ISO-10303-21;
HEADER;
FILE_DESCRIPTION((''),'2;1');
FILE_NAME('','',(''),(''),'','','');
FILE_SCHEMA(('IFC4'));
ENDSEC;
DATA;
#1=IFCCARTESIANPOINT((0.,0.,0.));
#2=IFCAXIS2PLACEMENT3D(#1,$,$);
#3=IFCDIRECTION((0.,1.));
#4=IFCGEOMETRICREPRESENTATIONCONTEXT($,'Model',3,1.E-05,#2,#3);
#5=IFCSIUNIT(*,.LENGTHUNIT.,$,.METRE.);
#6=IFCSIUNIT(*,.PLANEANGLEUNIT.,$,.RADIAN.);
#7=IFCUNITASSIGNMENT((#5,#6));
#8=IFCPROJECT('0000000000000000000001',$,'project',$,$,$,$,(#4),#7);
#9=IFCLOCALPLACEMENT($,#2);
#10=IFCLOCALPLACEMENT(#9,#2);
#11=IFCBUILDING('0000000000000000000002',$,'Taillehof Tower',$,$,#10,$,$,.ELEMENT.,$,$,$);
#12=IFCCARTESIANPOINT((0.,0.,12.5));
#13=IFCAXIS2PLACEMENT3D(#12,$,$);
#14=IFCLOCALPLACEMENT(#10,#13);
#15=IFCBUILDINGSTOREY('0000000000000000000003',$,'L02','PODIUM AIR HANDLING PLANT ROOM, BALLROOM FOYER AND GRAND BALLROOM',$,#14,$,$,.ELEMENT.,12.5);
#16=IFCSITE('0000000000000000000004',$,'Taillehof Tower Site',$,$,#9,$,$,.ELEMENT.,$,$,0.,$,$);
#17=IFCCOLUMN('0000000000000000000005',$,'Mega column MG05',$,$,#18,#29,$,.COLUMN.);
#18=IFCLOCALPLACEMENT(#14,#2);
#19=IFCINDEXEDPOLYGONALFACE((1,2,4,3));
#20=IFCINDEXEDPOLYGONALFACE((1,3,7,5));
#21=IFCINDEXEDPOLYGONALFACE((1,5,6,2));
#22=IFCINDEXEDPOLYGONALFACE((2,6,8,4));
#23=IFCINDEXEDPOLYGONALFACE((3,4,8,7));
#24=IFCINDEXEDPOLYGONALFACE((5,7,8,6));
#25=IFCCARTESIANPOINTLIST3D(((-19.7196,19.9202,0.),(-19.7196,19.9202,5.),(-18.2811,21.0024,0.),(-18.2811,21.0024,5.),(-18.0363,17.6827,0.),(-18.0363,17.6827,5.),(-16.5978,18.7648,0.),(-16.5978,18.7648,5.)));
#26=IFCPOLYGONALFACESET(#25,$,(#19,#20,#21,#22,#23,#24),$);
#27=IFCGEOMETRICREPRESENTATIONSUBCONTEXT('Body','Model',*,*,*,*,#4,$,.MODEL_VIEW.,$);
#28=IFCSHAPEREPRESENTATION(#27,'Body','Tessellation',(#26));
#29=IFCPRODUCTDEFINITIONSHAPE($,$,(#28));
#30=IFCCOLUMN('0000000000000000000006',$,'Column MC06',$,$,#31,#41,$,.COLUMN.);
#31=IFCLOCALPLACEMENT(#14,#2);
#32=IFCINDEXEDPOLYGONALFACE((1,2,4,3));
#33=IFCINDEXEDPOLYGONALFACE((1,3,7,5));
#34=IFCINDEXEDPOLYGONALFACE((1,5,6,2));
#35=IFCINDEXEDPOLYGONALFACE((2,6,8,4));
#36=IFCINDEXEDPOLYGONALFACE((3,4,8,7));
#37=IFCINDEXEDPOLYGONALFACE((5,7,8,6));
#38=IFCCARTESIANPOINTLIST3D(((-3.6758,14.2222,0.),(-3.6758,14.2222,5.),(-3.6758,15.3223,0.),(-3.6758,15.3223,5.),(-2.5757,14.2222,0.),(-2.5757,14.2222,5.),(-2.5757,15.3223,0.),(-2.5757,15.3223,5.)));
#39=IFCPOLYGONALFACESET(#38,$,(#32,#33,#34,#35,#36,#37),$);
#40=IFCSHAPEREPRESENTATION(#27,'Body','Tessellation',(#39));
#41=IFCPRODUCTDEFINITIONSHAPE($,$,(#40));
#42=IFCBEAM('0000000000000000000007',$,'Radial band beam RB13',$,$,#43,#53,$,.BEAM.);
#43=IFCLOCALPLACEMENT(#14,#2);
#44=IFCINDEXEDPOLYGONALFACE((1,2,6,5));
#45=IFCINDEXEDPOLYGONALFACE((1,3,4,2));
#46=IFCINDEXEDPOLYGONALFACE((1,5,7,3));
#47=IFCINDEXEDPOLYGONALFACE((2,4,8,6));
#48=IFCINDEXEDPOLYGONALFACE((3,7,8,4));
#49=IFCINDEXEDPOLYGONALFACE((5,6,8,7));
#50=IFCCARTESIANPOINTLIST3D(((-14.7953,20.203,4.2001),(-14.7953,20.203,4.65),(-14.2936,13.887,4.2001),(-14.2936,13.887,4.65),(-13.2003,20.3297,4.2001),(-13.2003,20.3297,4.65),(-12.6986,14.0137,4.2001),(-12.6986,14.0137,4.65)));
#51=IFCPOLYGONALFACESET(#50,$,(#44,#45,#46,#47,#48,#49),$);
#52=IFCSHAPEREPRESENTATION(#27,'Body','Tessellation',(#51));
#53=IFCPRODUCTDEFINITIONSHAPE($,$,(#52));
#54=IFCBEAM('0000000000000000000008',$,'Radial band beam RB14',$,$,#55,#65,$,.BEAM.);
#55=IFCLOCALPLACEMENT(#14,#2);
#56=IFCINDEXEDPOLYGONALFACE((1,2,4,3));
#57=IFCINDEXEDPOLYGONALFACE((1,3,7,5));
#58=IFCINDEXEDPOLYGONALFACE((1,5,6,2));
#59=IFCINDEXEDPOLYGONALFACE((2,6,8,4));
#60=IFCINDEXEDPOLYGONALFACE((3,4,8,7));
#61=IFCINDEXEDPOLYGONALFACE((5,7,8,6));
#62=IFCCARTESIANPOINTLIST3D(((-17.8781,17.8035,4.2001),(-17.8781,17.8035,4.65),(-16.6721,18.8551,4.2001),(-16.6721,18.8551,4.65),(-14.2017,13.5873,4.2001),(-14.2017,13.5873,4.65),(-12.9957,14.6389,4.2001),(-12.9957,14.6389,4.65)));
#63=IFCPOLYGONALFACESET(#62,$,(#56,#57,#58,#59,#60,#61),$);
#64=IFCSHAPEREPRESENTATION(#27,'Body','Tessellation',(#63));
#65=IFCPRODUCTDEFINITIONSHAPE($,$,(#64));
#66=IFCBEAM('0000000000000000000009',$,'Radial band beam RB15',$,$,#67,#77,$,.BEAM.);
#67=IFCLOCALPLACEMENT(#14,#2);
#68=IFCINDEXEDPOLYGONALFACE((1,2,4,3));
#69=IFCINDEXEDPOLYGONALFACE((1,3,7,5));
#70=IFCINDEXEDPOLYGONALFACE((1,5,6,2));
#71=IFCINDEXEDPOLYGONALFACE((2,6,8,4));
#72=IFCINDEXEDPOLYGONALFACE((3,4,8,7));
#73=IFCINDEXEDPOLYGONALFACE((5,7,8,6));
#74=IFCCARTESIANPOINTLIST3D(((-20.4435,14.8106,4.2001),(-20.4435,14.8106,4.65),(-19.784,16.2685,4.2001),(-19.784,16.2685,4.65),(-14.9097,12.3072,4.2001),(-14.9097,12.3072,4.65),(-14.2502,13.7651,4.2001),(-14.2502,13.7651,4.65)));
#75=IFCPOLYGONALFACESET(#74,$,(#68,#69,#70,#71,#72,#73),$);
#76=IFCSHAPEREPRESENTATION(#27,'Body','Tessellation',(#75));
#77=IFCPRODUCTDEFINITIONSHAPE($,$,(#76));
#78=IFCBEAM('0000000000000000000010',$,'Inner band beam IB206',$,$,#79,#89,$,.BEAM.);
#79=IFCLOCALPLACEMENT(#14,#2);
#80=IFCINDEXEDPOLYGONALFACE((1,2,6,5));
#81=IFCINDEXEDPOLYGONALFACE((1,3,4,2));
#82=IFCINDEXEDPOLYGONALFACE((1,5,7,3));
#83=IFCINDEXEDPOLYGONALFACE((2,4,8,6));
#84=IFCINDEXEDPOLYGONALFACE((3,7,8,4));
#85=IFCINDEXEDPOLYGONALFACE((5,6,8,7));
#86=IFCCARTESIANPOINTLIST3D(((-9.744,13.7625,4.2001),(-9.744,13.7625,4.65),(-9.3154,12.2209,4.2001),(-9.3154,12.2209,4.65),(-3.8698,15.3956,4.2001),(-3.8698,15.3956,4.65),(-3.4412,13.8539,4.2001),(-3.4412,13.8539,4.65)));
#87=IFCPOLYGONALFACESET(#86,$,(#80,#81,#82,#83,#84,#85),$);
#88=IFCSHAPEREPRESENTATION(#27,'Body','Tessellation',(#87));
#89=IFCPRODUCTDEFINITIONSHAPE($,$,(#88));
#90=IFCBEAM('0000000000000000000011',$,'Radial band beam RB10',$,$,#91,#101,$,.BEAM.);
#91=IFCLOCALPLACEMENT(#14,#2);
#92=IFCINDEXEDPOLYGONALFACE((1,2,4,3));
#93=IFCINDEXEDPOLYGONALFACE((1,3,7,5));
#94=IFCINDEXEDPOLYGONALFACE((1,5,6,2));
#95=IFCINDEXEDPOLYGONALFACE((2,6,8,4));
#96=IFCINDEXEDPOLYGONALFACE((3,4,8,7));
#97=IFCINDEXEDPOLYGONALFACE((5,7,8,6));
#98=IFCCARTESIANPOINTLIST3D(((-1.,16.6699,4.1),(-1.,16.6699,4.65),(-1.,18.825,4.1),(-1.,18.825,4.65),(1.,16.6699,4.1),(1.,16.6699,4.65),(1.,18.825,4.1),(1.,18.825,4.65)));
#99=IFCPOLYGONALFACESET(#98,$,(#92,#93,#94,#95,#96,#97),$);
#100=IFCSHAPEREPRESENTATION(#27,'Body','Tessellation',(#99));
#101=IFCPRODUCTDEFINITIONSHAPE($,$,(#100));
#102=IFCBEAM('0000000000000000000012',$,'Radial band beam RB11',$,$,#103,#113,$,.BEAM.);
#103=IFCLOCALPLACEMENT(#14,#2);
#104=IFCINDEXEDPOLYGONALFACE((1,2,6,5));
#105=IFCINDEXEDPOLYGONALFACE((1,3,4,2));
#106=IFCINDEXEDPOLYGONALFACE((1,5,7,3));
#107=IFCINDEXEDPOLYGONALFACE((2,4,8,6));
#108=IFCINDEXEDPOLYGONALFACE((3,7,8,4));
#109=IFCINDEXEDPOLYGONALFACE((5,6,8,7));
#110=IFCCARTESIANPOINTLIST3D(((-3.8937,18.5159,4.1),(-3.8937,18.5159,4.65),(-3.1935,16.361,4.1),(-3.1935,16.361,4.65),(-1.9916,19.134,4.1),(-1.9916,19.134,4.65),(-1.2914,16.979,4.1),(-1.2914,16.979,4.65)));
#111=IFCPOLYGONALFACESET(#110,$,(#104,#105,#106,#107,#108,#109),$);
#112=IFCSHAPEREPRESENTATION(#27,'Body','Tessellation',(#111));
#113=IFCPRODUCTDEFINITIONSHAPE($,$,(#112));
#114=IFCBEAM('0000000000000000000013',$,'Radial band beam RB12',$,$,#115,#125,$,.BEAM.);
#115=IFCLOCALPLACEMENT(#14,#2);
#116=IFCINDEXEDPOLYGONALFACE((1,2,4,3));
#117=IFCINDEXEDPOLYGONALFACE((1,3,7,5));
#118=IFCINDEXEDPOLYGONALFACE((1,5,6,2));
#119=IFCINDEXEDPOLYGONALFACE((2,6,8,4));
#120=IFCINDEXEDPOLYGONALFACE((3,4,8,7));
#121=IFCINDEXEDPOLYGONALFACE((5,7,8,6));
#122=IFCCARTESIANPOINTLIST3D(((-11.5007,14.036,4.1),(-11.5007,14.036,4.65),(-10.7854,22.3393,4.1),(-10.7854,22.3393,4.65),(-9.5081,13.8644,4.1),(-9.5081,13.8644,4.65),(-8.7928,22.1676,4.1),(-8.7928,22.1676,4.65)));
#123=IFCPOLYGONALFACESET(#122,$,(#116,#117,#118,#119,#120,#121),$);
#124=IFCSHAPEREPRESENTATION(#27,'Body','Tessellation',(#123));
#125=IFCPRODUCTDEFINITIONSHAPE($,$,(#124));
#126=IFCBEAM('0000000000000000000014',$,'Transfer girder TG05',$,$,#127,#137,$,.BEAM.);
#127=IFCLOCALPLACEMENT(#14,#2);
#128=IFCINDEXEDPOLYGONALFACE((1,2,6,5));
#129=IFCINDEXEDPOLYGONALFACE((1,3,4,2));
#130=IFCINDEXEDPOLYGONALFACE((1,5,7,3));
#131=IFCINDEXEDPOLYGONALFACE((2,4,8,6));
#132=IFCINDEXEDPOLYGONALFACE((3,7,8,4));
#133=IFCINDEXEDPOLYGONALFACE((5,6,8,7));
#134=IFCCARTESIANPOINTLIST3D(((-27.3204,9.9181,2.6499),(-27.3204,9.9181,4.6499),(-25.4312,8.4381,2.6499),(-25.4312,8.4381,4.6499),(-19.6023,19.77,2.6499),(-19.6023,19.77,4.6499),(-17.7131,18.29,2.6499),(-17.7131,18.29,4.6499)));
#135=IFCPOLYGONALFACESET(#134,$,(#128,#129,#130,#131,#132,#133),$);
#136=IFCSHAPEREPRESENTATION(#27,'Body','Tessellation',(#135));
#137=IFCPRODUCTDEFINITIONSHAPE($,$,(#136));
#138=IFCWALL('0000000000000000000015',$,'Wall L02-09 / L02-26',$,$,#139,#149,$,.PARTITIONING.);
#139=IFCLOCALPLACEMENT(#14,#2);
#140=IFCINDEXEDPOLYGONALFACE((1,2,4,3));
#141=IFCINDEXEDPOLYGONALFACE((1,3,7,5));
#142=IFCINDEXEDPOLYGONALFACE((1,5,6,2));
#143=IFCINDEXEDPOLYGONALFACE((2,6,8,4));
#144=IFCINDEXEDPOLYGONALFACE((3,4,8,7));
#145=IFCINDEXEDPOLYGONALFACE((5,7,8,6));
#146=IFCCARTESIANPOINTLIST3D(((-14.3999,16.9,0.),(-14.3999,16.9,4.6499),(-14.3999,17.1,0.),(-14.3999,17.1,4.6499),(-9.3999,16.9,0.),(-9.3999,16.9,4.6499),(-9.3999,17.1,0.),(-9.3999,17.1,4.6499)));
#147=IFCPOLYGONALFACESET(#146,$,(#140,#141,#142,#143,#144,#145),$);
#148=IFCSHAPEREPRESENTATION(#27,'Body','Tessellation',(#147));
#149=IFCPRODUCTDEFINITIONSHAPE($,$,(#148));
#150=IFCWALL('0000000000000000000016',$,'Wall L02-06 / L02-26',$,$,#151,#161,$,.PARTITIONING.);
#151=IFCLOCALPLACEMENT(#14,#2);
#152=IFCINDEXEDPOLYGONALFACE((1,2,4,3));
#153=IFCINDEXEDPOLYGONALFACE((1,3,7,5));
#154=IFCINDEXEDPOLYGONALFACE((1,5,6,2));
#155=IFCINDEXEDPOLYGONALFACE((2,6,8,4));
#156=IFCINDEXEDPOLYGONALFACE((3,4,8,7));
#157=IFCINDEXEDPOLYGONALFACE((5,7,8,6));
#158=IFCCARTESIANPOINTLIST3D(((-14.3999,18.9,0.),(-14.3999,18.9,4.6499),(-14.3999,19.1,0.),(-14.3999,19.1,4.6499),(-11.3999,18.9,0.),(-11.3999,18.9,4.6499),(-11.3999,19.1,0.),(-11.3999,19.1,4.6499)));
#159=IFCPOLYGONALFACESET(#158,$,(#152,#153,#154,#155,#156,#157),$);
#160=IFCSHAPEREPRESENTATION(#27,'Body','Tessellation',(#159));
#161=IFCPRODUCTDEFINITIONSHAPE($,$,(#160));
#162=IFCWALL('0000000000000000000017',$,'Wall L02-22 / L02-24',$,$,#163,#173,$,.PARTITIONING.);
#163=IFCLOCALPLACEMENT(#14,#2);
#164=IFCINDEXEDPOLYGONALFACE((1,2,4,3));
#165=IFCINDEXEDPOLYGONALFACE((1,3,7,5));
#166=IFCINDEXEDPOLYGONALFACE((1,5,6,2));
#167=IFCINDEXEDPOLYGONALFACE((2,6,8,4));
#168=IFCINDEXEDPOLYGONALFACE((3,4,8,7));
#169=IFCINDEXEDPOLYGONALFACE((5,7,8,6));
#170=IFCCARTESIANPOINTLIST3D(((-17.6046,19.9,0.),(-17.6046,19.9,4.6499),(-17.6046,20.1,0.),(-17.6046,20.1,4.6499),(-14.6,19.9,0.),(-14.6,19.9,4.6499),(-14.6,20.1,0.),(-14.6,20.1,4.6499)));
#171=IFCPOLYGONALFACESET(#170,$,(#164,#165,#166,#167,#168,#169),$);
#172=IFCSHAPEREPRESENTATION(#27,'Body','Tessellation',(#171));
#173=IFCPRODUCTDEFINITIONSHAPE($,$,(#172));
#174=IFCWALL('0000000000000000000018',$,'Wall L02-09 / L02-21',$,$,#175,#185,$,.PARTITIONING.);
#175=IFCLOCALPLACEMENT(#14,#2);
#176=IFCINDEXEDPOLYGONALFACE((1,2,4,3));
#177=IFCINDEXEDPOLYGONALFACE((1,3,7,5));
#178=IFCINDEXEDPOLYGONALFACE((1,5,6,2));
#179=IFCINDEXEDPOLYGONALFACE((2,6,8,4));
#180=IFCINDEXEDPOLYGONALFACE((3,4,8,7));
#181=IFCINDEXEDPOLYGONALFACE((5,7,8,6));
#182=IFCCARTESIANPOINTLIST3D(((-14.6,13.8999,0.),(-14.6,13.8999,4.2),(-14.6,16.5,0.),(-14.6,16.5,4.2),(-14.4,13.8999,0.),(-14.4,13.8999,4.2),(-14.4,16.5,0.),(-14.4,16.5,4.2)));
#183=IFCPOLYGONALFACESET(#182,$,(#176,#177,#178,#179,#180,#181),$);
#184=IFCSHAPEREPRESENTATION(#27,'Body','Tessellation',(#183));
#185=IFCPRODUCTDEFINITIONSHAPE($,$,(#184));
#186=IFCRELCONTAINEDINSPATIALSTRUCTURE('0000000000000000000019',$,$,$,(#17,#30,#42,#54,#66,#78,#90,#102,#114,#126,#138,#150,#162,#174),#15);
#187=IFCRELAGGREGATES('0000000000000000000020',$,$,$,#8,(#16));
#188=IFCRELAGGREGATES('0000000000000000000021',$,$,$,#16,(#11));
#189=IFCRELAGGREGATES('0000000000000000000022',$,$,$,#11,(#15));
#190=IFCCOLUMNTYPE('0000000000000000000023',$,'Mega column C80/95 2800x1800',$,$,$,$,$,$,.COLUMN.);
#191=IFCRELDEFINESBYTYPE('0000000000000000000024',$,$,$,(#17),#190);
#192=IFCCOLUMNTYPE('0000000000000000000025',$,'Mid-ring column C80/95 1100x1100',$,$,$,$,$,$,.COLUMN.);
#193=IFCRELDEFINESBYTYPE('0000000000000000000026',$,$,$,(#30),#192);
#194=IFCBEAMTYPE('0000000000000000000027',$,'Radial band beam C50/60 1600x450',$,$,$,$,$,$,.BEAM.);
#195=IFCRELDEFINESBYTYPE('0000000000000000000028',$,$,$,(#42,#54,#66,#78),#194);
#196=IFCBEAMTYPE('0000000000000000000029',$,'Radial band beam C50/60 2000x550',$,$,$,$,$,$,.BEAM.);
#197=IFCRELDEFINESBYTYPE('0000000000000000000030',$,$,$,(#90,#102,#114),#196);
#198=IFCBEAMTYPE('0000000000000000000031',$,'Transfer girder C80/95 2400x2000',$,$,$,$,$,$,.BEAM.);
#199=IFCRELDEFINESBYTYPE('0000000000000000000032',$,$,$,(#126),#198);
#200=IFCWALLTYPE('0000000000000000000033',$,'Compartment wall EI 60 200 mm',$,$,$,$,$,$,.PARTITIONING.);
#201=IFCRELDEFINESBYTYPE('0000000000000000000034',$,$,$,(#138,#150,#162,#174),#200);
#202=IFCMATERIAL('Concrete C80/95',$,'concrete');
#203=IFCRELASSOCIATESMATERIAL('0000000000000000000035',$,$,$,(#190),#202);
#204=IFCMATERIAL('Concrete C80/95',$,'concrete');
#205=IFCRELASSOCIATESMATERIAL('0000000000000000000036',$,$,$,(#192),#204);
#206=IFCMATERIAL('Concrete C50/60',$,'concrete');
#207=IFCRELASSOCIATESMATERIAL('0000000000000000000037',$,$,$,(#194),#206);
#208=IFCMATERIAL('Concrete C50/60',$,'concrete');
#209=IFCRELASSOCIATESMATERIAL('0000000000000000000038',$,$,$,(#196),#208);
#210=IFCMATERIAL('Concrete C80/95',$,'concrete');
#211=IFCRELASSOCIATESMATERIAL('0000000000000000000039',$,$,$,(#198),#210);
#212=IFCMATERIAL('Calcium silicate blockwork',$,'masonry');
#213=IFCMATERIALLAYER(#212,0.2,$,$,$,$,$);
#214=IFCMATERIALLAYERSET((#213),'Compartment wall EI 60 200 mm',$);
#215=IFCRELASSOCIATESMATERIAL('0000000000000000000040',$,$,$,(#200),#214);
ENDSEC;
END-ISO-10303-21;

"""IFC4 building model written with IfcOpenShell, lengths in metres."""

from ifc_helpers import new_model, si_unit, direction, frame, frame_2d, origin, origin_2d, place, context, subcontext, project, spatial, rectangle, extrude, material, layer, layer_set, material_profile, profile_set, type_object, element, save


model = new_model("IFC4")

# Units and contexts
model_context = context("Model", 3, precision=1e-05, world=origin(), true_north=direction((0.0, 1.0)))
body_context = subcontext(model_context, "Body", "Model", "MODEL_VIEW")
ifc_project = project(units=[si_unit("LENGTHUNIT", "METRE"), si_unit("PLANEANGLEUNIT", "RADIAN")], contexts=[model_context])

# Site, building, storey
site_placement = place(None, origin())
site = spatial("IfcSite", under=ifc_project, at=site_placement, Name="Taillehof Tower Site", CompositionType="ELEMENT", RefElevation=0.0)
building_placement = place(site_placement, origin())
building = spatial("IfcBuilding", under=site, at=building_placement, Name="Taillehof Tower", CompositionType="ELEMENT")
storey_placement = place(building_placement, frame((0.0, 0.0, 12.5)))
storey = spatial("IfcBuildingStorey", under=building, at=storey_placement, Name="L02", Description="PODIUM AIR HANDLING PLANT ROOM, BALLROOM FOYER AND GRAND BALLROOM", CompositionType="ELEMENT", Elevation=12.5)

# Columns
ifc_material_1 = material(Name="Concrete C80/95", Category="concrete")
ifc_material_profile_1 = material_profile(ifc_material_1, rectangle(XDim=2.8, YDim=1.8, at=origin_2d()), Name="RC 2800x1800")
ifc_profile_set_1 = profile_set([ifc_material_profile_1], Name="Concrete C80/95")
column_type_1 = type_object("IfcColumnType", Name="Mega column C80/95 2800x1800", PredefinedType="COLUMN", material=ifc_profile_set_1)
column_1_placement = place(storey_placement, frame((-18.1587, 19.3425, 0.0), z_axis=(0.0, 0.0, 1.0), x_axis=(-0.601174, 0.799118, 0.0)))
element("IfcColumn", 1, at=column_1_placement, inside=storey, type_object=column_type_1, Name="Mega column MG05", PredefinedType="COLUMN", context=body_context, shape_type="SweptSolid", body=[
    extrude(rectangle(XDim=2.8, YDim=1.8, at=origin_2d()), origin(), (0.0, 0.0, 1.0), 5.0),
])
ifc_material_2 = material(Name="Concrete C80/95", Category="concrete")
ifc_material_profile_2 = material_profile(ifc_material_2, rectangle(XDim=1.1001, YDim=1.1001, at=origin_2d()), Name="RC 1100x1100")
ifc_profile_set_2 = profile_set([ifc_material_profile_2], Name="Concrete C80/95")
column_type_2 = type_object("IfcColumnType", Name="Mid-ring column C80/95 1100x1100", PredefinedType="COLUMN", material=ifc_profile_set_2)
column_2_placement = place(storey_placement, frame((-3.1257, 14.7722, 0.0), z_axis=(0.0, 0.0, 1.0), x_axis=(1.0, 0.0, 0.0)))
element("IfcColumn", 2, at=column_2_placement, inside=storey, type_object=column_type_2, Name="Column MC06", PredefinedType="COLUMN", context=body_context, shape_type="SweptSolid", body=[
    extrude(rectangle(XDim=1.1001, YDim=1.1001, at=origin_2d()), origin(), (0.0, 0.0, 1.0), 5.0),
])

# Beams
ifc_material_3 = material(Name="Concrete C50/60", Category="concrete")
ifc_material_profile_3 = material_profile(ifc_material_3, rectangle(XDim=1.6001, YDim=0.45, at=origin_2d()), Name="RC 1600x450")
ifc_profile_set_3 = profile_set([ifc_material_profile_3], Name="Concrete C50/60")
beam_type_1 = type_object("IfcBeamType", Name="Radial band beam C50/60 1600x450", PredefinedType="BEAM", material=ifc_profile_set_3)
beam_1_placement = place(storey_placement, frame((-13.9978, 20.2664, 4.425), z_axis=(0.079183, -0.99686, 0.0), x_axis=(0.99686, 0.079183, 0.0)))
element("IfcBeam", 3, at=beam_1_placement, inside=storey, type_object=beam_type_1, Name="Radial band beam RB13", PredefinedType="BEAM", context=body_context, shape_type="SweptSolid", body=[
    extrude(rectangle(XDim=1.6001, YDim=0.45, at=origin_2d()), origin(), (0.0, 0.0, 1.0), 6.3359),
])
beam_2_placement = place(storey_placement, frame((-17.2751, 18.3293, 4.425), z_axis=(0.657212, -0.753706, 0.0), x_axis=(0.753706, 0.657212, 0.0)))
element("IfcBeam", 4, at=beam_2_placement, inside=storey, type_object=beam_type_1, Name="Radial band beam RB14", PredefinedType="BEAM", context=body_context, shape_type="SweptSolid", body=[
    extrude(rectangle(XDim=1.6001, YDim=0.45, at=origin_2d()), origin(), (0.0, 0.0, 1.0), 5.594),
])
beam_3_placement = place(storey_placement, frame((-20.1138, 15.5396, 4.425), z_axis=(0.91111, -0.412164, 0.0), x_axis=(0.412164, 0.91111, 0.0)))
element("IfcBeam", 5, at=beam_3_placement, inside=storey, type_object=beam_type_1, Name="Radial band beam RB15", PredefinedType="BEAM", context=body_context, shape_type="SweptSolid", body=[
    extrude(rectangle(XDim=1.6001, YDim=0.45, at=origin_2d()), origin(), (0.0, 0.0, 1.0), 6.0737),
])
beam_4_placement = place(storey_placement, frame((-3.6555, 14.6248, 4.425), z_axis=(-0.963459, -0.267855, 0.0), x_axis=(0.267855, -0.963459, 0.0)))
element("IfcBeam", 6, at=beam_4_placement, inside=storey, type_object=beam_type_1, Name="Inner band beam IB206", PredefinedType="BEAM", context=body_context, shape_type="SweptSolid", body=[
    extrude(rectangle(XDim=1.6001, YDim=0.45, at=origin_2d()), origin(), (0.0, 0.0, 1.0), 6.0969),
])
ifc_material_4 = material(Name="Concrete C50/60", Category="concrete")
ifc_material_profile_4 = material_profile(ifc_material_4, rectangle(XDim=2.0, YDim=0.55, at=origin_2d()), Name="RC 2000x550")
ifc_profile_set_4 = profile_set([ifc_material_profile_4], Name="Concrete C50/60")
beam_type_2 = type_object("IfcBeamType", Name="Radial band beam C50/60 2000x550", PredefinedType="BEAM", material=ifc_profile_set_4)
beam_5_placement = place(storey_placement, frame((0.0, 18.825, 4.375), z_axis=(0.0, -1.0, 0.0), x_axis=(1.0, 0.0, 0.0)))
element("IfcBeam", 7, at=beam_5_placement, inside=storey, type_object=beam_type_2, Name="Radial band beam RB10", PredefinedType="BEAM", context=body_context, shape_type="SweptSolid", body=[
    extrude(rectangle(XDim=2.0, YDim=0.55, at=origin_2d()), origin(), (0.0, 0.0, 1.0), 2.155),
])
beam_6_placement = place(storey_placement, frame((-2.9426, 18.825, 4.375), z_axis=(0.309011, -0.951059, 0.0), x_axis=(0.951059, 0.309011, 0.0)))
element("IfcBeam", 8, at=beam_6_placement, inside=storey, type_object=beam_type_2, Name="Radial band beam RB11", PredefinedType="BEAM", context=body_context, shape_type="SweptSolid", body=[
    extrude(rectangle(XDim=2.0, YDim=0.55, at=origin_2d()), origin(), (0.0, 0.0, 1.0), 2.2659),
])
beam_7_placement = place(storey_placement, frame((-9.7891, 22.2534, 4.375), z_axis=(-0.085833, -0.99631, 0.0), x_axis=(0.99631, -0.085833, 0.0)))
element("IfcBeam", 9, at=beam_7_placement, inside=storey, type_object=beam_type_2, Name="Radial band beam RB12", PredefinedType="BEAM", context=body_context, shape_type="SweptSolid", body=[
    extrude(rectangle(XDim=2.0, YDim=0.55, at=origin_2d()), origin(), (0.0, 0.0, 1.0), 8.334),
])
ifc_material_5 = material(Name="Concrete C80/95", Category="concrete")
ifc_material_profile_5 = material_profile(ifc_material_5, rectangle(XDim=2.3999, YDim=2.0, at=origin_2d()), Name="RC 2400x2000")
ifc_profile_set_5 = profile_set([ifc_material_profile_5], Name="Concrete C80/95")
beam_type_3 = type_object("IfcBeamType", Name="Transfer girder C80/95 2400x2000", PredefinedType="BEAM", material=ifc_profile_set_5)
beam_8_placement = place(storey_placement, frame((-18.6577, 19.03, 3.6499), z_axis=(-0.6167, -0.787198, 0.0), x_axis=(0.787198, -0.6167, 0.0)))
element("IfcBeam", 10, at=beam_8_placement, inside=storey, type_object=beam_type_3, Name="Transfer girder TG05", PredefinedType="BEAM", context=body_context, shape_type="SweptSolid", body=[
    extrude(rectangle(XDim=2.3999, YDim=2.0, at=origin_2d()), origin(), (0.0, 0.0, 1.0), 12.5151),
])

# Walls
ifc_material_6 = material(Name="Calcium silicate blockwork", Category="masonry")
ifc_layer_1 = layer(ifc_material_6, 0.2)
ifc_layer_set_1 = layer_set([ifc_layer_1], Name="Compartment wall EI 60 200 mm")
wall_type_1 = type_object("IfcWallType", Name="Compartment wall EI 60 200 mm", PredefinedType="PARTITIONING", material=ifc_layer_set_1)
wall_1_placement = place(storey_placement, frame((-14.3999, 17.0, 0.0), z_axis=(0.0, 0.0, 1.0), x_axis=(1.0, 0.0, 0.0)))
element("IfcWall", 11, at=wall_1_placement, inside=storey, type_object=wall_type_1, Name="Wall L02-09 / L02-26", PredefinedType="PARTITIONING", context=body_context, shape_type="SweptSolid", body=[
    extrude(rectangle(XDim=5.0, YDim=0.2, at=frame_2d((2.5, 0.0))), origin(), (0.0, 0.0, 1.0), 4.6499),
])
wall_2_placement = place(storey_placement, frame((-14.3999, 19.0, 0.0), z_axis=(0.0, 0.0, 1.0), x_axis=(1.0, 0.0, 0.0)))
element("IfcWall", 12, at=wall_2_placement, inside=storey, type_object=wall_type_1, Name="Wall L02-06 / L02-26", PredefinedType="PARTITIONING", context=body_context, shape_type="SweptSolid", body=[
    extrude(rectangle(XDim=3.0, YDim=0.2, at=frame_2d((1.5, 0.0))), origin(), (0.0, 0.0, 1.0), 4.6499),
])
wall_3_placement = place(storey_placement, frame((-17.6047, 20.0, 0.0), z_axis=(0.0, 0.0, 1.0), x_axis=(1.0, 0.0, 0.0)))
element("IfcWall", 13, at=wall_3_placement, inside=storey, type_object=wall_type_1, Name="Wall L02-22 / L02-24", PredefinedType="PARTITIONING", context=body_context, shape_type="SweptSolid", body=[
    extrude(rectangle(XDim=3.0046, YDim=0.2, at=frame_2d((1.5024, 0.0))), origin(), (0.0, 0.0, 1.0), 4.6499),
])
wall_4_placement = place(storey_placement, frame((-14.5, 13.8999, 0.0), z_axis=(0.0, 0.0, 1.0), x_axis=(0.0, 1.0, 0.0)))
element("IfcWall", 14, at=wall_4_placement, inside=storey, type_object=wall_type_1, Name="Wall L02-09 / L02-21", PredefinedType="PARTITIONING", context=body_context, shape_type="SweptSolid", body=[
    extrude(rectangle(XDim=2.6001, YDim=0.2, at=frame_2d((1.3, 0.0))), origin(), (0.0, 0.0, 1.0), 4.2),
])

save(model, "model.ifc")
